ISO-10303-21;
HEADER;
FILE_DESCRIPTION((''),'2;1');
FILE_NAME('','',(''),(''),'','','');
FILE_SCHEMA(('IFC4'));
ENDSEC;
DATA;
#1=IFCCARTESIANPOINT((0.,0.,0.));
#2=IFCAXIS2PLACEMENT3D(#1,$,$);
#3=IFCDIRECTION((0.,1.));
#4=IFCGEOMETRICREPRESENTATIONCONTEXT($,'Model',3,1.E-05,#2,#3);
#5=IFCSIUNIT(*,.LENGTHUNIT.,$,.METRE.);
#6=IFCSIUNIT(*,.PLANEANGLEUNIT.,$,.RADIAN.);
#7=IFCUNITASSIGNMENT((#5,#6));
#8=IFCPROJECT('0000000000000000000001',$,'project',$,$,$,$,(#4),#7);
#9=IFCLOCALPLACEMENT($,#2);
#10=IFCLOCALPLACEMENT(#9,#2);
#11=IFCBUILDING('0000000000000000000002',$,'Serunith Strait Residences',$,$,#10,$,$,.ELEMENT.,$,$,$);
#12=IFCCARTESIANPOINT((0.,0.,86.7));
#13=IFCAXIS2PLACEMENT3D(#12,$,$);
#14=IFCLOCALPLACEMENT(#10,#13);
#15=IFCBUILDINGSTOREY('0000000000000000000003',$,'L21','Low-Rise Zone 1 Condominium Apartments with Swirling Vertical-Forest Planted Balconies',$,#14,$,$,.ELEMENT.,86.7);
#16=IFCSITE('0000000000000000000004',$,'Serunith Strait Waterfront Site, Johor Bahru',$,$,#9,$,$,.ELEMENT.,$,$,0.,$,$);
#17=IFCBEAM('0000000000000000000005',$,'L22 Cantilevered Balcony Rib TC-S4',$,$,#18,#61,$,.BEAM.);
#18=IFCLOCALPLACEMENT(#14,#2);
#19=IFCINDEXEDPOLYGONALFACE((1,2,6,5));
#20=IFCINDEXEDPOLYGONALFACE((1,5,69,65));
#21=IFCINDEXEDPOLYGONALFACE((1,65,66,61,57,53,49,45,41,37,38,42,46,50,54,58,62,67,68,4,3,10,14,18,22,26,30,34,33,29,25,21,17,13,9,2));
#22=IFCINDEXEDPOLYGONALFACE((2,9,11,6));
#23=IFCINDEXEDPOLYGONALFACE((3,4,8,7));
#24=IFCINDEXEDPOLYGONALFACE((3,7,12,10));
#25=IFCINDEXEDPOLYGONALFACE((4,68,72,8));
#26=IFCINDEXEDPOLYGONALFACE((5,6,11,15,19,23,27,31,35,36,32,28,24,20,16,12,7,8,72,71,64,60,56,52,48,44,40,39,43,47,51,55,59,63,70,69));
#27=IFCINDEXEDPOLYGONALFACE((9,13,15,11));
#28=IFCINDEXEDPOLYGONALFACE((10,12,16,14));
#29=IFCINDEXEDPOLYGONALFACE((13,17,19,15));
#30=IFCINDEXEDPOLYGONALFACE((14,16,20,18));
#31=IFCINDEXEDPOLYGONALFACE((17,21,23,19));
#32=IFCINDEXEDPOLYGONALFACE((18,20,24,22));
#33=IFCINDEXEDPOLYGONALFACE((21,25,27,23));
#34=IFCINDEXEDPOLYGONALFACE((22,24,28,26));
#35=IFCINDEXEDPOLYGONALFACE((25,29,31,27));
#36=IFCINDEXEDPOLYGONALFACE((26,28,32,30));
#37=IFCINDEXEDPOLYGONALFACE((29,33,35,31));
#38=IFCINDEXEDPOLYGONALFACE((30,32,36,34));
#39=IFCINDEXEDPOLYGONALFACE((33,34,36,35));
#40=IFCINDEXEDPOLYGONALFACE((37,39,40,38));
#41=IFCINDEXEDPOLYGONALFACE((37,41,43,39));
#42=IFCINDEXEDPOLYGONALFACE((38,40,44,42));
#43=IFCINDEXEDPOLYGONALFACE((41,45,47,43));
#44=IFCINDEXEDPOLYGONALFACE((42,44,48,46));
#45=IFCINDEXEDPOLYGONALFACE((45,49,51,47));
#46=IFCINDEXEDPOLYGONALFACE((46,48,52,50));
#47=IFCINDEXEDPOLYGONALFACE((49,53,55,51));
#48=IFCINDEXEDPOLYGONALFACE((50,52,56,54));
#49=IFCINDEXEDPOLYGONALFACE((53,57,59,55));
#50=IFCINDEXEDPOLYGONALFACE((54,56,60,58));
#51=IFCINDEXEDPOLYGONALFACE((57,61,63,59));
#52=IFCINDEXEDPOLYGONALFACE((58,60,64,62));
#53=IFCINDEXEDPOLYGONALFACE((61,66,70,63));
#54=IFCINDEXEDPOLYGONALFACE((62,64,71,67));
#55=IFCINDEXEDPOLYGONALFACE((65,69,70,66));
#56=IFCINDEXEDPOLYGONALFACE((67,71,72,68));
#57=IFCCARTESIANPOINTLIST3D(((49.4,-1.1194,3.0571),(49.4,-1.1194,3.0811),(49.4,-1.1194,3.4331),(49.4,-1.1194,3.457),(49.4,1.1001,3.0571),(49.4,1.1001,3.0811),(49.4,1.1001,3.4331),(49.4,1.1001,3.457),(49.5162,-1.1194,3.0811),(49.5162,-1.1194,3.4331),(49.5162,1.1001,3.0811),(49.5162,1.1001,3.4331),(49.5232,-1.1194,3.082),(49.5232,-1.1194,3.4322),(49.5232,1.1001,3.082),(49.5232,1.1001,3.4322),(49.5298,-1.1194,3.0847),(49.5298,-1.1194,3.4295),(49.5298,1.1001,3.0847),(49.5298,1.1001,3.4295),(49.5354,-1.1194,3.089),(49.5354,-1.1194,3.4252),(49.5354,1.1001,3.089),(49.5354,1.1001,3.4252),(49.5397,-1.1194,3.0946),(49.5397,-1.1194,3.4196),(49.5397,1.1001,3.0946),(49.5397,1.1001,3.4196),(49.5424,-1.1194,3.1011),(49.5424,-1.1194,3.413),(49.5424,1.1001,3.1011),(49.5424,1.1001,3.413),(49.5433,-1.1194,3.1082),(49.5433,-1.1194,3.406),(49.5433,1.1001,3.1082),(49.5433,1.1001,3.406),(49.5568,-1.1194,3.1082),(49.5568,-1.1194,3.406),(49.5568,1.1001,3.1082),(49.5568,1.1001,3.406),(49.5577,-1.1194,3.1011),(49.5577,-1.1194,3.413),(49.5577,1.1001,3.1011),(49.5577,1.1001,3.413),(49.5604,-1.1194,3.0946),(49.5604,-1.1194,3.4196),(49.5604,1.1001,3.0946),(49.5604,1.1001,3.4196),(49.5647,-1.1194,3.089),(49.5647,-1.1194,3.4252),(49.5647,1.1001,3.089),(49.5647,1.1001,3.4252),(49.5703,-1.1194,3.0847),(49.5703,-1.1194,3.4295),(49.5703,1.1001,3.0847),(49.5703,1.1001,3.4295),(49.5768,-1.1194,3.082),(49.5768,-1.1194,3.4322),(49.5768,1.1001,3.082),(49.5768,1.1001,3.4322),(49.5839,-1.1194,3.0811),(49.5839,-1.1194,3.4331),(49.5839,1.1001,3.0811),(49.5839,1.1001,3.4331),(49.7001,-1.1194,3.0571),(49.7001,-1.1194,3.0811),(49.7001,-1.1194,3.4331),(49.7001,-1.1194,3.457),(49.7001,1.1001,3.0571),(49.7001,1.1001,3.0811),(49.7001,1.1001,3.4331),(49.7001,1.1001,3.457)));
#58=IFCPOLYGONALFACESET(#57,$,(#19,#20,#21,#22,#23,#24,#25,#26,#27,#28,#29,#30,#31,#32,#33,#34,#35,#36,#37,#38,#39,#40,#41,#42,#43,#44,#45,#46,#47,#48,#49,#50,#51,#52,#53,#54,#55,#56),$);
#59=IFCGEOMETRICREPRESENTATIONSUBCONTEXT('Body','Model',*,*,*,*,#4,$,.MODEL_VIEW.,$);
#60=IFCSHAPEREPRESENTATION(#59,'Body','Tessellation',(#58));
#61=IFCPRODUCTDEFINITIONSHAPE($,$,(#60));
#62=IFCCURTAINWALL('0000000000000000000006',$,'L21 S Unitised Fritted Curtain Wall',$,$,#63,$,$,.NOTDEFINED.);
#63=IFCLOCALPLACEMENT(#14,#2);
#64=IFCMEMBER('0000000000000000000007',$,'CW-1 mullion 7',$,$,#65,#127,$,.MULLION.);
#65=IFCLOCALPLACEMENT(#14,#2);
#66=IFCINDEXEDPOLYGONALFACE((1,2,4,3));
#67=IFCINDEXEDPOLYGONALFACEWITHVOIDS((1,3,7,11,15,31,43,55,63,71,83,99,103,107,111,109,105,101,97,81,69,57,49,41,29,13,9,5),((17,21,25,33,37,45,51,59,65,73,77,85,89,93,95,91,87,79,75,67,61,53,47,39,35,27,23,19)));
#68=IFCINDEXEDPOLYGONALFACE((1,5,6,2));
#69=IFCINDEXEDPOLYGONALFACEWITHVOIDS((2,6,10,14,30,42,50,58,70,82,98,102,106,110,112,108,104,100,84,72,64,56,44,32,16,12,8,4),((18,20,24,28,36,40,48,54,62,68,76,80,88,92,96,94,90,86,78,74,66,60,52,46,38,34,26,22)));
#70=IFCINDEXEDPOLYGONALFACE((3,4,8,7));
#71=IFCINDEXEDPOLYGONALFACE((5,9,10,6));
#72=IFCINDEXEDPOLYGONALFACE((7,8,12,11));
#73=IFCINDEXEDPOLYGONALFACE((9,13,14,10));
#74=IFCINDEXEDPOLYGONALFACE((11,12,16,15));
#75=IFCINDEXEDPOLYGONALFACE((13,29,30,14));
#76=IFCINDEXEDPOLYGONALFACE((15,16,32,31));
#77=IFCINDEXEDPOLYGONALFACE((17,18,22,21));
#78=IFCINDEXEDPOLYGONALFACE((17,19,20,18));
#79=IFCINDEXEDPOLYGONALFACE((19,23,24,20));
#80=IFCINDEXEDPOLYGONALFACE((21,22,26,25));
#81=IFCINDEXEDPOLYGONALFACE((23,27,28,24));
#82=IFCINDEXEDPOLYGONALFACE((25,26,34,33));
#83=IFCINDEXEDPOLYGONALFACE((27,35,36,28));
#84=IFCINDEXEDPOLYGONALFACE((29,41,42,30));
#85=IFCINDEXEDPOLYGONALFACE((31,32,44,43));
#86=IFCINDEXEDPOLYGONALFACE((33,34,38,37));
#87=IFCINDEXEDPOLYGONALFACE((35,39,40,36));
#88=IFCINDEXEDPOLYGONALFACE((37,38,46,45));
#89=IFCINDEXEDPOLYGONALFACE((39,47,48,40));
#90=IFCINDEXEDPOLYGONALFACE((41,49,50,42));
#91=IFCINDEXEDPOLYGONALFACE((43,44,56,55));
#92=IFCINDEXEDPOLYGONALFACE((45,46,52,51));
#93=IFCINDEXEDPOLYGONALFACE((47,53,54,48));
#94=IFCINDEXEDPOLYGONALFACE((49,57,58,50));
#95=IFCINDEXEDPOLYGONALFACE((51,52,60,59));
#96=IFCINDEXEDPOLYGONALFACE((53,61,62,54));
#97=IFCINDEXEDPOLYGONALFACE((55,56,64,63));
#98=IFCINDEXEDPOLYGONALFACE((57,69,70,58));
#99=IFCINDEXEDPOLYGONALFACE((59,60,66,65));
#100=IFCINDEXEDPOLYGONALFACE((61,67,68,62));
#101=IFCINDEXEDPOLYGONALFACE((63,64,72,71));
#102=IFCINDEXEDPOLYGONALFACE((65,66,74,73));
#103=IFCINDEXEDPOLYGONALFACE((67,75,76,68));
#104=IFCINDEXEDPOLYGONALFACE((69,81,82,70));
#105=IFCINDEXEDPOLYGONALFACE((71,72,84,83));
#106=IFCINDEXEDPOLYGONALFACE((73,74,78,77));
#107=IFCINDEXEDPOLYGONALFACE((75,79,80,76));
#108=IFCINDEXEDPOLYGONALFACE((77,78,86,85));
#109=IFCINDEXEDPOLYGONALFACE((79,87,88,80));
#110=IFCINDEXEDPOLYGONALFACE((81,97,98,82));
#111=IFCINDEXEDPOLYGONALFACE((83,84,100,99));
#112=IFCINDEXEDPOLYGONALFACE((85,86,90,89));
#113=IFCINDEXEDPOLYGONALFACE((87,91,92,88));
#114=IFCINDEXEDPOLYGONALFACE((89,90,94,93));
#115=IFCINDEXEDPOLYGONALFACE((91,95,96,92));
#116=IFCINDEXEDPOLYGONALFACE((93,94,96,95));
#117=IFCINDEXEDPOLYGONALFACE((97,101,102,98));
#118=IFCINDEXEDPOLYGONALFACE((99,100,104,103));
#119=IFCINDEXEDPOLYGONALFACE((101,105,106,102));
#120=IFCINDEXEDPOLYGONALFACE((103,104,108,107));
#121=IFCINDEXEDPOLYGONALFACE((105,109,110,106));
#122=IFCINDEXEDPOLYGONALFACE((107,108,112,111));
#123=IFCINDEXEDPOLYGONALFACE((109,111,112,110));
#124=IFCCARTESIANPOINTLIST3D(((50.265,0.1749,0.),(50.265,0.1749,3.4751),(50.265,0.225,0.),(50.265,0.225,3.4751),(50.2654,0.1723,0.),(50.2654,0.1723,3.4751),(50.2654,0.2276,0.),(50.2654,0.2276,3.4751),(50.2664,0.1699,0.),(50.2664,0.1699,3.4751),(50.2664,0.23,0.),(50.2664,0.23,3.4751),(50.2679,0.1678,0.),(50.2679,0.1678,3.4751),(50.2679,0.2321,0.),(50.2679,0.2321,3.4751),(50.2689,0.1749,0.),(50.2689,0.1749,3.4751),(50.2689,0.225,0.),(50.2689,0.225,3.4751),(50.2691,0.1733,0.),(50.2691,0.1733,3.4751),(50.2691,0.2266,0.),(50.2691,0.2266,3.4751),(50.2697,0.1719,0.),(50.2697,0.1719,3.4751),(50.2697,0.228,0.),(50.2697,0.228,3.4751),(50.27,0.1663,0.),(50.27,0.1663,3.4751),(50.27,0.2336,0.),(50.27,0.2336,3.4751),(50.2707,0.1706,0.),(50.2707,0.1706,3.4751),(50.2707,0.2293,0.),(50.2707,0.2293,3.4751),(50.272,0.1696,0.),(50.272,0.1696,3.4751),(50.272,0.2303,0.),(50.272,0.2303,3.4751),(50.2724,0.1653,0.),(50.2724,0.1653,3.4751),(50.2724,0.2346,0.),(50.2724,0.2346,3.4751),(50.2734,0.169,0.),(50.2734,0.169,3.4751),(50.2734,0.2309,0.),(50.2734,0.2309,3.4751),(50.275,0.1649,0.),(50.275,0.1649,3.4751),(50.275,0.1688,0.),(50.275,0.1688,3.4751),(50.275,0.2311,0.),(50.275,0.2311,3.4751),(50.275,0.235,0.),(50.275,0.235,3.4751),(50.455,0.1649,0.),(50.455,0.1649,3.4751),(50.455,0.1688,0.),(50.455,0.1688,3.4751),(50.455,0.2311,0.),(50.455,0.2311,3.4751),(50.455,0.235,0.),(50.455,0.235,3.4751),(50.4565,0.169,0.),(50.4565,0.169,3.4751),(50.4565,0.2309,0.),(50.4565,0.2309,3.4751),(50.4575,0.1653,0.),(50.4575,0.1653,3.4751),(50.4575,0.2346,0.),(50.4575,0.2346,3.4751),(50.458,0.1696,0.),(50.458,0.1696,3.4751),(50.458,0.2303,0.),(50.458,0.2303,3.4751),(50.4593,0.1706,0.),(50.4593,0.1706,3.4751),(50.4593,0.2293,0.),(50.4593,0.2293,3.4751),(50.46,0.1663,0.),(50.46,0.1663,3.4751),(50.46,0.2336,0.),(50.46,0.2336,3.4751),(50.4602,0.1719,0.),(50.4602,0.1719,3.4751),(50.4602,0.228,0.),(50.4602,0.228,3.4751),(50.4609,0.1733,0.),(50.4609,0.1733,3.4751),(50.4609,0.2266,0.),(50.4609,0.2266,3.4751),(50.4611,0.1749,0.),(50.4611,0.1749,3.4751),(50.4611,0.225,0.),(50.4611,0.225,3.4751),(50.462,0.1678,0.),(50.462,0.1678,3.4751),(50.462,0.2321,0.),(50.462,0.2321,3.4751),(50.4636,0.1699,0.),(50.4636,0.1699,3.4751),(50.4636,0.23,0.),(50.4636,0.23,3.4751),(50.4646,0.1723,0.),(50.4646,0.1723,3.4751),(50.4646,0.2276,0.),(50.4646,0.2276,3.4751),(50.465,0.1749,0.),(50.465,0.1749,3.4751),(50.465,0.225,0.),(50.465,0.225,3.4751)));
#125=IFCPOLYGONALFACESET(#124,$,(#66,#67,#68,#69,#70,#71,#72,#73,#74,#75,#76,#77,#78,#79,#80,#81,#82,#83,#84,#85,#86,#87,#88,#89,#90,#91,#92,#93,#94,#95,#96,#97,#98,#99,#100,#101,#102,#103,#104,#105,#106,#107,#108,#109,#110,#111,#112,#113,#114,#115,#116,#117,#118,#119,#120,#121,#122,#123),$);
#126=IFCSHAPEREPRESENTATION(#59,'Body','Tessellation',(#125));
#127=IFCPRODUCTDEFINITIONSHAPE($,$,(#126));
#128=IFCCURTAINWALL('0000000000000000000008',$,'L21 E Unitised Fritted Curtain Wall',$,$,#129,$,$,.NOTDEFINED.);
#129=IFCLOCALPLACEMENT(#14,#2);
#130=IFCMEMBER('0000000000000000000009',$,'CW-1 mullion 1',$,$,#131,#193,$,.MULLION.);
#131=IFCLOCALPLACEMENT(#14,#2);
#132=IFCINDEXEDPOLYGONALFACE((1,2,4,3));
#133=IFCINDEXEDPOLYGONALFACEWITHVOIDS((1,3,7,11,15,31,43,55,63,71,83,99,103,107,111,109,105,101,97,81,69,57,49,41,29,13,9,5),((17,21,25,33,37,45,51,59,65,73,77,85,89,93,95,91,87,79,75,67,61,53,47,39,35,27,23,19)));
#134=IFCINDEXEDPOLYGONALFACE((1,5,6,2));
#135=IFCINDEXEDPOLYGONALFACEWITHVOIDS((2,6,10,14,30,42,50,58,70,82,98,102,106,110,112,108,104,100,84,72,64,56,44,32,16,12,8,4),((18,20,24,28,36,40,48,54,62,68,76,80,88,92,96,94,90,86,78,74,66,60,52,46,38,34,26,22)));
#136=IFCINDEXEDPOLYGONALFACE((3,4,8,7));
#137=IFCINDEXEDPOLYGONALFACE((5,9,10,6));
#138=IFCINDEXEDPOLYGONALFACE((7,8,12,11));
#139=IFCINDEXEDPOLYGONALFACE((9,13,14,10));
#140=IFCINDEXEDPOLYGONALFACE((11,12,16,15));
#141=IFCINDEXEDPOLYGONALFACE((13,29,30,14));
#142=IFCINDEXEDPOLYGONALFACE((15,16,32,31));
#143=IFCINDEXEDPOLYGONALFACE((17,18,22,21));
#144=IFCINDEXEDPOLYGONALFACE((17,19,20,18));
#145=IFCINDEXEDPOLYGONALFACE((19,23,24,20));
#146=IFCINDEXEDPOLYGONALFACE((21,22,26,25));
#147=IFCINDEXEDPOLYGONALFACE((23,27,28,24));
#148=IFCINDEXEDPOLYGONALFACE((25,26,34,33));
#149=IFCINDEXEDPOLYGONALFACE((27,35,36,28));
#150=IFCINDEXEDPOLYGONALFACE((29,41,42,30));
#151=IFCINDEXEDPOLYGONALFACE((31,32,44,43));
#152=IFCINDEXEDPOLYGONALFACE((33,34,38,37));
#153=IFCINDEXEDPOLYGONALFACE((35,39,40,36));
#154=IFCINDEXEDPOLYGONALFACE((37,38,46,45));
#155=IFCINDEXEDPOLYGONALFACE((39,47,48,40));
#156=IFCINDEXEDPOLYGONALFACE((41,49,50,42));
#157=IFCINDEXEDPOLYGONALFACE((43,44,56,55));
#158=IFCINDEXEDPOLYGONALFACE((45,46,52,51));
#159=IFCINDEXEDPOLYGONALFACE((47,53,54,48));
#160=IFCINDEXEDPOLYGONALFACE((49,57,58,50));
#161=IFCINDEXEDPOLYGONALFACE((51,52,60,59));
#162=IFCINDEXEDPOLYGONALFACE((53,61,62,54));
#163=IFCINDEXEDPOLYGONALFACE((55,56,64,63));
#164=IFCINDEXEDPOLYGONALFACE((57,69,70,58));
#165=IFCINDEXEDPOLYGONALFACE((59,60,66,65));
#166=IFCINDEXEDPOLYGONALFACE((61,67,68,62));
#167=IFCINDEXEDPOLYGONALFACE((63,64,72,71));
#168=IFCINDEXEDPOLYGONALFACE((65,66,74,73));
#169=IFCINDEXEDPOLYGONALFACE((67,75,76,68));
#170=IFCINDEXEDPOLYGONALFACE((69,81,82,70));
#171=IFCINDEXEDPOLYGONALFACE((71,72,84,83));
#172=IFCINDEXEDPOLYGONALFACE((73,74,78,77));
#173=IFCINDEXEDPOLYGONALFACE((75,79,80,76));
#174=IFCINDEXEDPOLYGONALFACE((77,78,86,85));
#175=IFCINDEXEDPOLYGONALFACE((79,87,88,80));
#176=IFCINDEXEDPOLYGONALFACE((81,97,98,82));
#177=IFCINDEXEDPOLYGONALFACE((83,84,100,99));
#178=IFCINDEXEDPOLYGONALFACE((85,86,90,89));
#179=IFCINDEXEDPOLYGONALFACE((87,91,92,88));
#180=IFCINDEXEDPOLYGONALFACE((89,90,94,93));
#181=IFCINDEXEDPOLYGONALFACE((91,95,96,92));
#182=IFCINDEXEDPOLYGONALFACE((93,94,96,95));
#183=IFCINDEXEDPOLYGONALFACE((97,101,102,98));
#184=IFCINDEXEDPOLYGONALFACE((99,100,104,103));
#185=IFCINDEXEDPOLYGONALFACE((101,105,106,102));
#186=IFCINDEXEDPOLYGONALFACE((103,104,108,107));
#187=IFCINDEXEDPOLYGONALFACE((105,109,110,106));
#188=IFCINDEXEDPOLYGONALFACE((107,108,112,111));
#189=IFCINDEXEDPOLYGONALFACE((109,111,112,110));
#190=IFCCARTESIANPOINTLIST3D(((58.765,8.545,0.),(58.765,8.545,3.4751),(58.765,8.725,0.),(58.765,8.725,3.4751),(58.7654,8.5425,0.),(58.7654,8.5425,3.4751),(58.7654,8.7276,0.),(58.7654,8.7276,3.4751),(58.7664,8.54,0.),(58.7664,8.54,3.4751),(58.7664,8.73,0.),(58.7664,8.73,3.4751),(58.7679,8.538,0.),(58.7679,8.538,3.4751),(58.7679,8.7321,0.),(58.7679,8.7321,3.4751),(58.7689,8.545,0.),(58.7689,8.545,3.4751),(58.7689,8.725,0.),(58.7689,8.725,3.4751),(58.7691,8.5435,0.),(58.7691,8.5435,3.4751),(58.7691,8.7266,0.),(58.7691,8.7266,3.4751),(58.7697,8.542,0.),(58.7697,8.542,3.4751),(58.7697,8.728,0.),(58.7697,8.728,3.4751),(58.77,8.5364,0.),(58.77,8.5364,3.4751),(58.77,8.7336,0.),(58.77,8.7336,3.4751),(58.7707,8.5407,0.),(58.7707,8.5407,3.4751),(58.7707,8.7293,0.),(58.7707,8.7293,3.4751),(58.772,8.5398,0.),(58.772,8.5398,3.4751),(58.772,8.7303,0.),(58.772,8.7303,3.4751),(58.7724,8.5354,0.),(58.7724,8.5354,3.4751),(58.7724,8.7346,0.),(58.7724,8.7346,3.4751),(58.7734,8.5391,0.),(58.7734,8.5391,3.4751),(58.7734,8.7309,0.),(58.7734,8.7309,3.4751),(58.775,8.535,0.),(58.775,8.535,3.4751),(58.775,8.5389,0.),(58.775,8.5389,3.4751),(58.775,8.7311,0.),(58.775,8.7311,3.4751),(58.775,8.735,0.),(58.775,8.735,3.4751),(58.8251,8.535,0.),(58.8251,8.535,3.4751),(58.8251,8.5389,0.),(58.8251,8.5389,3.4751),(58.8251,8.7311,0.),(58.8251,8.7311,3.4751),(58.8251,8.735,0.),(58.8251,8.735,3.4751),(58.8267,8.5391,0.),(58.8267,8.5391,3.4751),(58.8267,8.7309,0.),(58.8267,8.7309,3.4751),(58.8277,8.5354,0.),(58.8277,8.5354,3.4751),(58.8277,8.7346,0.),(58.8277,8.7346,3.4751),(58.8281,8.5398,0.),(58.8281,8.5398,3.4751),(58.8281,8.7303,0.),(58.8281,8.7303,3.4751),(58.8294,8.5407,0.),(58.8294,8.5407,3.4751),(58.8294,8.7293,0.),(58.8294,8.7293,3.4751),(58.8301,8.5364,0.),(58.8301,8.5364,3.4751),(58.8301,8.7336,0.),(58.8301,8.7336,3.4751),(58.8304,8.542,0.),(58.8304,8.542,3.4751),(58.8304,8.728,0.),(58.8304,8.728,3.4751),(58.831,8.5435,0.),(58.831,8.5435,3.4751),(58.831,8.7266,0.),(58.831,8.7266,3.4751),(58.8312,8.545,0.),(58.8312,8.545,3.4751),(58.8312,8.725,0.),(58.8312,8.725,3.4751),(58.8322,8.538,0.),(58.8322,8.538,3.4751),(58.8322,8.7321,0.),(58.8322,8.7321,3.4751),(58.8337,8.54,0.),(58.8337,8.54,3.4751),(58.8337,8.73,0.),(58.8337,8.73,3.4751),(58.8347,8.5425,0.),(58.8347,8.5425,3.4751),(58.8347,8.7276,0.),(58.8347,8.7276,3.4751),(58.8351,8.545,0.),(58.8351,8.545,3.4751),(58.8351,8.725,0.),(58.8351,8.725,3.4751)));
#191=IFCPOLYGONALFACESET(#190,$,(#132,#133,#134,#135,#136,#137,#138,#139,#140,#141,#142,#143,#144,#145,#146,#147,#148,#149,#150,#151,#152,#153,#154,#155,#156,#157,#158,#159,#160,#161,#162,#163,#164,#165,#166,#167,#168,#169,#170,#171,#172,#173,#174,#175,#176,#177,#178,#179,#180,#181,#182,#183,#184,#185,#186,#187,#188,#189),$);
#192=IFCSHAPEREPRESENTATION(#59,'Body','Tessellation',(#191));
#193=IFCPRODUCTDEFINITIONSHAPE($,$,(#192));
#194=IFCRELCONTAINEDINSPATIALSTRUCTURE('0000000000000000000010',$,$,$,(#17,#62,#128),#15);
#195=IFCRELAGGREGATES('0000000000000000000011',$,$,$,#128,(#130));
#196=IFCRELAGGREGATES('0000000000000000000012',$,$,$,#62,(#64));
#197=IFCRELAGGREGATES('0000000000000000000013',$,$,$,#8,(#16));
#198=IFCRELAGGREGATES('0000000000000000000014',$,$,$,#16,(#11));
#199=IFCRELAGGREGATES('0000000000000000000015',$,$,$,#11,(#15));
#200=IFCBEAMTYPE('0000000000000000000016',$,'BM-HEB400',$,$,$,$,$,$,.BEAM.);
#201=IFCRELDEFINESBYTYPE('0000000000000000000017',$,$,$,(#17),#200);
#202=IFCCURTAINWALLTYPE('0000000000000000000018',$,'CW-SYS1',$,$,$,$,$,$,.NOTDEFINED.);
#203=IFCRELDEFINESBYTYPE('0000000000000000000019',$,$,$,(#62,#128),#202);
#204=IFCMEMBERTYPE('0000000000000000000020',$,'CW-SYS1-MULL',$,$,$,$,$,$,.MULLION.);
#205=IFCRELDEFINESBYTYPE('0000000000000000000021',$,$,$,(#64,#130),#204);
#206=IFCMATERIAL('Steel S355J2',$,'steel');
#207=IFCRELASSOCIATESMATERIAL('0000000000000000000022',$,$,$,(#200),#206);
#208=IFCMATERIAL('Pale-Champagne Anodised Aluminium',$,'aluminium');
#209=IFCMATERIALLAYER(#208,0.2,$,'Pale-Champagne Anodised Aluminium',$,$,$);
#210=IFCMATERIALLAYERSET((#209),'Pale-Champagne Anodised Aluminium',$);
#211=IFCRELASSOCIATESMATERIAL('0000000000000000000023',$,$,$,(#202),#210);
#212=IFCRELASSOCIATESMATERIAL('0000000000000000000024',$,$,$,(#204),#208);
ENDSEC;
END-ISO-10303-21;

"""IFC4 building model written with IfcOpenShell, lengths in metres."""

from ifc_helpers import new_model, si_unit, direction, frame, origin, origin_2d, place, context, subcontext, project, spatial, hollow_rectangle, i_section, extrude, source, transform, mapped, material, layer, layer_set, material_profile, profile_set, type_object, element, aggregate, save


model = new_model("IFC4")

# Units and contexts
model_context = context("Model", 3, precision=1e-05, world=origin(), true_north=direction((0.0, 1.0)))
body_context = subcontext(model_context, "Body", "Model", "MODEL_VIEW")
ifc_project = project(units=[si_unit("LENGTHUNIT", "METRE"), si_unit("PLANEANGLEUNIT", "RADIAN")], contexts=[model_context])

# Site, building, storey
site_placement = place(None, origin())
site = spatial("IfcSite", under=ifc_project, at=site_placement, Name="Serunith Strait Waterfront Site, Johor Bahru", CompositionType="ELEMENT", RefElevation=0.0)
building_placement = place(site_placement, origin())
building = spatial("IfcBuilding", under=site, at=building_placement, Name="Serunith Strait Residences", CompositionType="ELEMENT")
storey_placement = place(building_placement, frame((0.0, 0.0, 86.7)))
storey = spatial("IfcBuildingStorey", under=building, at=storey_placement, Name="L21", Description="Low-Rise Zone 1 Condominium Apartments with Swirling Vertical-Forest Planted Balconies", CompositionType="ELEMENT", Elevation=86.7)

# Beam
ifc_material_1 = material(Name="Steel S355J2", Category="steel")
ifc_material_profile_1 = material_profile(ifc_material_1, i_section(OverallWidth=0.3, OverallDepth=0.3999, WebThickness=0.0134, FlangeThickness=0.0239, FilletRadius=0.0271, at=origin_2d()), Name="HEB 400")
ifc_profile_set_1 = profile_set([ifc_material_profile_1], Name="Steel S355J2")
beam_type_1 = type_object("IfcBeamType", Name="BM-HEB400", PredefinedType="BEAM", material=ifc_profile_set_1)
shared_shape_1 = source(origin(), body_context, "Body", "SweptSolid", [
    extrude(i_section(OverallWidth=0.3, OverallDepth=0.3999, WebThickness=0.0134, FlangeThickness=0.0239, FilletRadius=0.0271, at=origin_2d()), origin(), (0.0, 0.0, 1.0), 2.2195),
])
beam_1_placement = place(storey_placement, frame((49.55, 1.1001, 3.2571), z_axis=(0.0, -1.0, 0.0), x_axis=(1.0, 0.0, 0.0)))
element("IfcBeam", 1, at=beam_1_placement, inside=storey, type_object=beam_type_1, Name="L22 Cantilevered Balcony Rib TC-S4", PredefinedType="BEAM", context=body_context, shape_type="MappedRepresentation", body=[
    mapped(shared_shape_1, transform((0.0, 0.0, 0.0), scale=1.0)),
])

# Curtain wall, member
ifc_material_2 = material(Name="Pale-Champagne Anodised Aluminium", Category="aluminium")
ifc_layer_1 = layer(ifc_material_2, 0.2, Name="Pale-Champagne Anodised Aluminium")
ifc_layer_set_1 = layer_set([ifc_layer_1], Name="Pale-Champagne Anodised Aluminium")
curtain_wall_type = type_object("IfcCurtainWallType", Name="CW-SYS1", PredefinedType="NOTDEFINED", material=ifc_layer_set_1)
curtain_wall_1_placement = place(storey_placement, origin())
curtain_wall_1 = element("IfcCurtainWall", 2, at=curtain_wall_1_placement, inside=storey, type_object=curtain_wall_type, Name="L21 S Unitised Fritted Curtain Wall", PredefinedType="NOTDEFINED")
ifc_material_profile_2 = material_profile(ifc_material_2, hollow_rectangle(XDim=0.0701, YDim=0.2, WallThickness=0.0039, InnerFilletRadius=0.0061, OuterFilletRadius=0.01, at=origin_2d()), Name="ALU 200x70x4")
ifc_profile_set_2 = profile_set([ifc_material_profile_2], Name="Pale-Champagne Anodised Aluminium")
member_type_1 = type_object("IfcMemberType", Name="CW-SYS1-MULL", PredefinedType="MULLION", material=ifc_profile_set_2)
shared_shape_2 = source(origin(), body_context, "Body", "SweptSolid", [
    extrude(hollow_rectangle(XDim=0.0701, YDim=0.2, WallThickness=0.0039, InnerFilletRadius=0.0061, OuterFilletRadius=0.01, at=origin_2d()), origin(), (0.0, 0.0, 1.0), 3.4751),
])
member_1_placement = place(storey_placement, frame((50.365, 0.2, 0.0), z_axis=(0.0, 0.0, 1.0), x_axis=(0.0, 1.0, 0.0)))
member_1 = element("IfcMember", 3, at=member_1_placement, type_object=member_type_1, Name="CW-1 mullion 7", PredefinedType="MULLION", context=body_context, shape_type="MappedRepresentation", body=[
    mapped(shared_shape_2, transform((0.0, 0.0, 0.0), scale=1.0)),
])

# Curtain wall, member
curtain_wall_2_placement = place(storey_placement, origin())
curtain_wall_2 = element("IfcCurtainWall", 4, at=curtain_wall_2_placement, inside=storey, type_object=curtain_wall_type, Name="L21 E Unitised Fritted Curtain Wall", PredefinedType="NOTDEFINED")
member_2_placement = place(storey_placement, frame((58.8, 8.635, 0.0), z_axis=(0.0, 0.0, 1.0), x_axis=(-1.0, 0.0, 0.0)))
member_2 = element("IfcMember", 5, at=member_2_placement, type_object=member_type_1, Name="CW-1 mullion 1", PredefinedType="MULLION", context=body_context, shape_type="MappedRepresentation", body=[
    mapped(shared_shape_2, transform((0.0, 0.0, 0.0), scale=1.0)),
])
aggregate(curtain_wall_2, [member_2])

aggregate(curtain_wall_1, [member_1])

save(model, "model.ifc")
